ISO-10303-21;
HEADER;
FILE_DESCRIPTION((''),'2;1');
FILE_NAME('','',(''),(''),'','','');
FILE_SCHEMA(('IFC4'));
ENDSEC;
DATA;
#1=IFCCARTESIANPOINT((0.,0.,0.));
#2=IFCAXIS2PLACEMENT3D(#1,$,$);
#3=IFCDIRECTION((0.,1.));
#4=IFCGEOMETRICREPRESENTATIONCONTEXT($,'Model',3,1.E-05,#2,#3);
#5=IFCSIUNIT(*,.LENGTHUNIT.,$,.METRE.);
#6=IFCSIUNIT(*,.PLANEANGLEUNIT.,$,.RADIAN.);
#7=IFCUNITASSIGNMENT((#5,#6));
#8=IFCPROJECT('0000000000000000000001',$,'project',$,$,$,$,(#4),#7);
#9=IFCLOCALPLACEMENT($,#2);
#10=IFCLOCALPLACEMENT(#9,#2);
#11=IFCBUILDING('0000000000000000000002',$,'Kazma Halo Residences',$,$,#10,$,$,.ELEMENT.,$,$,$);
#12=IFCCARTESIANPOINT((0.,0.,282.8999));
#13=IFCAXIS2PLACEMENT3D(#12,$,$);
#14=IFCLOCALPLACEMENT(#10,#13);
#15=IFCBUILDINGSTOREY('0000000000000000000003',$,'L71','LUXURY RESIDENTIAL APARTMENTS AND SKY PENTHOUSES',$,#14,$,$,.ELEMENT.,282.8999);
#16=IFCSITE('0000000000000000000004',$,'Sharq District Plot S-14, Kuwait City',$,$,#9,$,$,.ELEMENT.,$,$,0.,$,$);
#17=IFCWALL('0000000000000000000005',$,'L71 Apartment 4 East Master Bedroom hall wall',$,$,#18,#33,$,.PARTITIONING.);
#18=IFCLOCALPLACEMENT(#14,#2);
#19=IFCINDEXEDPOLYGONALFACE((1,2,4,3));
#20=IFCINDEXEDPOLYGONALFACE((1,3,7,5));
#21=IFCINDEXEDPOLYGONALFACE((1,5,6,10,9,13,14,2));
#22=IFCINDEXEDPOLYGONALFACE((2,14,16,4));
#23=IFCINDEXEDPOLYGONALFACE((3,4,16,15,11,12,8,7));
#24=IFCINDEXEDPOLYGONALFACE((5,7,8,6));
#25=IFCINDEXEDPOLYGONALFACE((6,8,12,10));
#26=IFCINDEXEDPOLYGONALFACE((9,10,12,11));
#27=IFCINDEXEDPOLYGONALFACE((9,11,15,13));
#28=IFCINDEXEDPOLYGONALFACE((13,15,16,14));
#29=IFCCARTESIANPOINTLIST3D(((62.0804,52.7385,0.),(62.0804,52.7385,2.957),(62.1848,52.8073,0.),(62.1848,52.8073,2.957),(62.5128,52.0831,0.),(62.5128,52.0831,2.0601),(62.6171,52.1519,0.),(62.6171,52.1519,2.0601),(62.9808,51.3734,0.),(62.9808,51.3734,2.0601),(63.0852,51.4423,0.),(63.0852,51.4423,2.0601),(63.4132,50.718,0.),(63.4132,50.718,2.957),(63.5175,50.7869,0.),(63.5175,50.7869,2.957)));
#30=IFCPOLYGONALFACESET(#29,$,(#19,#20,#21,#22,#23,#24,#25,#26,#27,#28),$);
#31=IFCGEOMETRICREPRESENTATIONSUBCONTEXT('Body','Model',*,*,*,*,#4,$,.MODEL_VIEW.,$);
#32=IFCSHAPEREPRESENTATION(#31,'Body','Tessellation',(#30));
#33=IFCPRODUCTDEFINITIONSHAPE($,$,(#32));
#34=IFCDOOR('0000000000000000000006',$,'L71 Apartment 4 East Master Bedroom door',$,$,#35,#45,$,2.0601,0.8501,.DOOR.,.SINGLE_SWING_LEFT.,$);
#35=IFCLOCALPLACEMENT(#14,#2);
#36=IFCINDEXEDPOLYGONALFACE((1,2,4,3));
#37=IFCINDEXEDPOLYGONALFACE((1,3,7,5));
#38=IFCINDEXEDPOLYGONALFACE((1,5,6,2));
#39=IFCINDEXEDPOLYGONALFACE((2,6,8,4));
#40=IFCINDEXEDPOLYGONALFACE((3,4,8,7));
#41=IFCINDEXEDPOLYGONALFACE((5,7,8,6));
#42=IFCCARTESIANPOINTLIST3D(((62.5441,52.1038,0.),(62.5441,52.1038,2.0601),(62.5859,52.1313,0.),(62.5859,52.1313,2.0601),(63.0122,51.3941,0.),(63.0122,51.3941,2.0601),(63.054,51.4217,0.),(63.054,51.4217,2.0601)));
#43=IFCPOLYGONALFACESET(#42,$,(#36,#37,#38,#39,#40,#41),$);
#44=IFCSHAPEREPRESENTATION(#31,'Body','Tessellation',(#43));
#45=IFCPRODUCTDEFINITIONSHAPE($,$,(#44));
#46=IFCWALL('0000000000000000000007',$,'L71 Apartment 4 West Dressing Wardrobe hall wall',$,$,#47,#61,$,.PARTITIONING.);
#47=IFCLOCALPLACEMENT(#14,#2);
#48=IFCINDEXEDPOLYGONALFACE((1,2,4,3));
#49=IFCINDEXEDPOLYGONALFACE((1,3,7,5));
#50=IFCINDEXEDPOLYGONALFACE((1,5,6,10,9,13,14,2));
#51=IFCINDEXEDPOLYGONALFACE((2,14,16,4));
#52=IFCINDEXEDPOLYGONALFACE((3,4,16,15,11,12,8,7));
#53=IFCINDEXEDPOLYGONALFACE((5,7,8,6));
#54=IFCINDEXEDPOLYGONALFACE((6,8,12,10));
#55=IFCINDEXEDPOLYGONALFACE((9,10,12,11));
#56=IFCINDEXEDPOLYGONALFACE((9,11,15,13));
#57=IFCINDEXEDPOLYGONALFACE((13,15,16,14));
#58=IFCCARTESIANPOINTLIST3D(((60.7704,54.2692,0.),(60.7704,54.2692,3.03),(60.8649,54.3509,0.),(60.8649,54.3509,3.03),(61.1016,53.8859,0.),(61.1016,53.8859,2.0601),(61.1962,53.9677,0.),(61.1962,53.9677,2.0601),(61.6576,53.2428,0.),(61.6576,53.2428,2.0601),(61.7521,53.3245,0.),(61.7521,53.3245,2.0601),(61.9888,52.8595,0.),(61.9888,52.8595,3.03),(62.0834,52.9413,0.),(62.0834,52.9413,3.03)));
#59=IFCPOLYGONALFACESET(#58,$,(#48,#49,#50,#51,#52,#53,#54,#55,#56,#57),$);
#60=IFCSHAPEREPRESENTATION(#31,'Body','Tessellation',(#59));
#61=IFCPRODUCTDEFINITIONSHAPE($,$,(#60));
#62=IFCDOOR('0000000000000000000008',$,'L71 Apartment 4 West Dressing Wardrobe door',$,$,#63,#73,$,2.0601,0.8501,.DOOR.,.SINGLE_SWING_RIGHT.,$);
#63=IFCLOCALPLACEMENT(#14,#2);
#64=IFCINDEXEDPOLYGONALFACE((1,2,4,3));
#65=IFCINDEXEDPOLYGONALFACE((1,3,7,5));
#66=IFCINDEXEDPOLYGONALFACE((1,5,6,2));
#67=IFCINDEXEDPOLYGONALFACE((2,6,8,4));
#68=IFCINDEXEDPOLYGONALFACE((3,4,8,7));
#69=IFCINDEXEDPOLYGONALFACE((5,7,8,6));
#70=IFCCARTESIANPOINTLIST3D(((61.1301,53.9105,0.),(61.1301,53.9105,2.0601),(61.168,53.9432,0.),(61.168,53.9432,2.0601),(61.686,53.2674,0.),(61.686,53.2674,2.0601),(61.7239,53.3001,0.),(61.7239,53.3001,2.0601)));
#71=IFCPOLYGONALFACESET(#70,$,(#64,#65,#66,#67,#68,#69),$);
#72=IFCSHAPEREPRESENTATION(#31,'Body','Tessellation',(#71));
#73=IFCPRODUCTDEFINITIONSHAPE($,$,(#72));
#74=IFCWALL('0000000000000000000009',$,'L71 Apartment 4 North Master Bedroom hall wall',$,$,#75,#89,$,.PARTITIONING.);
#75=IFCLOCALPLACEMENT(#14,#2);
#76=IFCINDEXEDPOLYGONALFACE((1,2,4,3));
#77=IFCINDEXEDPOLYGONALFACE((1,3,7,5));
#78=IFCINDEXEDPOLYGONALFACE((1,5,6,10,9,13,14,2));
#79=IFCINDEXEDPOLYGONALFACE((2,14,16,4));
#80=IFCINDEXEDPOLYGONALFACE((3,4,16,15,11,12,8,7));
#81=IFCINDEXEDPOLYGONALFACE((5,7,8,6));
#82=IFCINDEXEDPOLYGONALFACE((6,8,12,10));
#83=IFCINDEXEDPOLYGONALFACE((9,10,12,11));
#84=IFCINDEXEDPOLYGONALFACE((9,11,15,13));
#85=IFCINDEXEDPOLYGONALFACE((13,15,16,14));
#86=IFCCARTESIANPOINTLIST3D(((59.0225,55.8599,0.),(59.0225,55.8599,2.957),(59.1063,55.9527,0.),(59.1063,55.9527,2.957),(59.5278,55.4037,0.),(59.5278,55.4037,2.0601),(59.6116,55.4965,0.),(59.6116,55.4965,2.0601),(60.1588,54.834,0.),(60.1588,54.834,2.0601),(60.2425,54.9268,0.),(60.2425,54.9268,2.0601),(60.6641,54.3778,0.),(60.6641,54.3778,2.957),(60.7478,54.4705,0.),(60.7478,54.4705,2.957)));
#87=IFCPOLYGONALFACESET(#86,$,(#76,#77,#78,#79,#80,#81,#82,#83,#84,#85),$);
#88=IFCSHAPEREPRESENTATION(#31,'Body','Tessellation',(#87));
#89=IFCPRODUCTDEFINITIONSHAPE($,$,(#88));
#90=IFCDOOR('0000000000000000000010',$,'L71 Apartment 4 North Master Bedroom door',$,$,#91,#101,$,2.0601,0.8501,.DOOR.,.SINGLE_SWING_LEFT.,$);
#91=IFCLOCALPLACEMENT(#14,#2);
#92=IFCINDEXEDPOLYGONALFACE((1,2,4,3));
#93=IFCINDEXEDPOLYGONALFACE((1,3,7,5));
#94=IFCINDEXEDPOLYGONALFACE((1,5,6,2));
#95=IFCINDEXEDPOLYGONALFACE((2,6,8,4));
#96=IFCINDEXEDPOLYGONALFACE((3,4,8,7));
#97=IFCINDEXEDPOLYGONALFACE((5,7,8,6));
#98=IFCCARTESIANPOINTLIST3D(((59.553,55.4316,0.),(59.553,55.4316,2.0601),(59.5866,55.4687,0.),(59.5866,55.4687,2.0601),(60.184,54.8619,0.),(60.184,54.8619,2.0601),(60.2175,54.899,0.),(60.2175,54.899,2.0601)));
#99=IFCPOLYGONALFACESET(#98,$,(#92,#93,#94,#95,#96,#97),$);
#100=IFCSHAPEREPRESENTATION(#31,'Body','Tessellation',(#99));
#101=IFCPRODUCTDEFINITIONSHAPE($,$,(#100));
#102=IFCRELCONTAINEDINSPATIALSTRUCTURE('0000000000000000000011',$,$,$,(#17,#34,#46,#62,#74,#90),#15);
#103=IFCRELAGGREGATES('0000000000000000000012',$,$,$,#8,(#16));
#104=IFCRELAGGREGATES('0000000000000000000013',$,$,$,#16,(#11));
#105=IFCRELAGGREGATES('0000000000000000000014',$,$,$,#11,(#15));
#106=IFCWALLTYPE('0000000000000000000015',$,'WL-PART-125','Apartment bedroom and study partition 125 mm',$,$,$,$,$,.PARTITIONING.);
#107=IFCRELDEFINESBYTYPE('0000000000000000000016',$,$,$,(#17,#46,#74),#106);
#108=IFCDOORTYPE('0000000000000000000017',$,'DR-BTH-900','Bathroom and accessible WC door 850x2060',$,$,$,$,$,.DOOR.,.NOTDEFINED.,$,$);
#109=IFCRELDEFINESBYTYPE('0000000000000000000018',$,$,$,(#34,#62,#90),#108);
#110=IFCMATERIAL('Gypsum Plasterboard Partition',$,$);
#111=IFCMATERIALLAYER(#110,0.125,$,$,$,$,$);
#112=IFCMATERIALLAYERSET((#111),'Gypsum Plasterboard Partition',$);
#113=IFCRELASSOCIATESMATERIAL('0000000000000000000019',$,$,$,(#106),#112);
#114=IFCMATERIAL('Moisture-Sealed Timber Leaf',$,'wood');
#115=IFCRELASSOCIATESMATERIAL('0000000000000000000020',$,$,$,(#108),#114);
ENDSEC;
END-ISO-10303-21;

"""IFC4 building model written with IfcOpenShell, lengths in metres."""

from ifc_helpers import new_model, si_unit, direction, frame, frame_2d, origin, place, context, subcontext, project, spatial, rectangle, extrude, material, layer, layer_set, type_object, element, fill, save


model = new_model("IFC4")

# Units and contexts
model_context = context("Model", 3, precision=1e-05, world=origin(), true_north=direction((0.0, 1.0)))
body_context = subcontext(model_context, "Body", "Model", "MODEL_VIEW")
ifc_project = project(units=[si_unit("LENGTHUNIT", "METRE"), si_unit("PLANEANGLEUNIT", "RADIAN")], contexts=[model_context])

# Site, building, storey
site_placement = place(None, origin())
site = spatial("IfcSite", under=ifc_project, at=site_placement, Name="Sharq District Plot S-14, Kuwait City", CompositionType="ELEMENT", RefElevation=0.0)
building_placement = place(site_placement, origin())
building = spatial("IfcBuilding", under=site, at=building_placement, Name="Kazma Halo Residences", CompositionType="ELEMENT")
storey_placement = place(building_placement, frame((0.0, 0.0, 282.8999)))
storey = spatial("IfcBuildingStorey", under=building, at=storey_placement, Name="L71", Description="LUXURY RESIDENTIAL APARTMENTS AND SKY PENTHOUSES", CompositionType="ELEMENT", Elevation=282.8999)

# Shared definitions
ifc_material_1 = material(Name="Gypsum Plasterboard Partition")
ifc_layer_1 = layer(ifc_material_1, 0.125)
ifc_layer_set_1 = layer_set([ifc_layer_1], Name="Gypsum Plasterboard Partition")
wall_type_1 = type_object("IfcWallType", Name="WL-PART-125", Description="Apartment bedroom and study partition 125 mm", PredefinedType="PARTITIONING", material=ifc_layer_set_1)

# Shared definitions
ifc_material_2 = material(Name="Moisture-Sealed Timber Leaf", Category="wood")
door_type_1 = type_object("IfcDoorType", Name="DR-BTH-900", Description="Bathroom and accessible WC door 850x2060", OperationType="NOTDEFINED", PredefinedType="DOOR", material=ifc_material_2)

# Walls, openings, doors
wall_1_placement = place(storey_placement, frame((63.4653, 50.7524, 0.0), z_axis=(0.0, 0.0, 1.0), x_axis=(-0.55062, 0.834756, 0.0)))
wall_1 = element("IfcWall", 1, at=wall_1_placement, inside=storey, type_object=wall_type_1, Name="L71 Apartment 4 East Master Bedroom hall wall", PredefinedType="PARTITIONING", context=body_context, shape_type="SweptSolid", body=[
    extrude(rectangle(XDim=2.4204, YDim=0.125, at=frame_2d((1.2102, 0.0))), origin(), (0.0, 0.0, 1.0), 2.957),
])
opening_1_placement = place(wall_1_placement, frame((0.7852, 0.0, 0.0)))
opening_1 = element("IfcOpeningElement", 2, at=opening_1_placement, cuts=wall_1, PredefinedType="OPENING", context=body_context, shape_type="SweptSolid", body=[
    extrude(rectangle(XDim=0.8501, YDim=2.0601, at=frame_2d((0.425, 1.03))), frame((0.0, 0.0725, 0.0), z_axis=(0.0, -1.0, 0.0), x_axis=(1.0, 0.0, 0.0)), (0.0, 0.0, 1.0), 0.145),
])
door_1_placement = place(opening_1_placement, origin())
door_1 = element("IfcDoor", 3, at=door_1_placement, inside=storey, type_object=door_type_1, Name="L71 Apartment 4 East Master Bedroom door", OperationType="SINGLE_SWING_LEFT", OverallHeight=2.0601, OverallWidth=0.8501, PredefinedType="DOOR", context=body_context, shape_type="SweptSolid", body=[
    extrude(rectangle(XDim=0.8501, YDim=2.0601, at=frame_2d((0.425, 1.03))), frame((0.0, 0.0249, 0.0), z_axis=(0.0, -1.0, 0.0), x_axis=(1.0, 0.0, 0.0)), (0.0, 0.0, 1.0), 0.05),
])
fill(opening_1, door_1)
wall_2_placement = place(storey_placement, frame((62.0361, 52.9004, 0.0), z_axis=(0.0, 0.0, 1.0), x_axis=(-0.653947, 0.75654, 0.0)))
wall_2 = element("IfcWall", 4, at=wall_2_placement, inside=storey, type_object=wall_type_1, Name="L71 Apartment 4 West Dressing Wardrobe hall wall", PredefinedType="PARTITIONING", context=body_context, shape_type="SweptSolid", body=[
    extrude(rectangle(XDim=1.8633, YDim=0.125, at=frame_2d((0.9316, 0.0))), origin(), (0.0, 0.0, 1.0), 3.03),
])
opening_2_placement = place(wall_2_placement, frame((0.5066, 0.0, 0.0)))
opening_2 = element("IfcOpeningElement", 5, at=opening_2_placement, cuts=wall_2, PredefinedType="OPENING", context=body_context, shape_type="SweptSolid", body=[
    extrude(rectangle(XDim=0.8501, YDim=2.0601, at=frame_2d((0.425, 1.03))), frame((0.0, 0.0725, 0.0), z_axis=(0.0, -1.0, 0.0), x_axis=(1.0, 0.0, 0.0)), (0.0, 0.0, 1.0), 0.145),
])
door_2_placement = place(opening_2_placement, origin())
door_2 = element("IfcDoor", 6, at=door_2_placement, inside=storey, type_object=door_type_1, Name="L71 Apartment 4 West Dressing Wardrobe door", OperationType="SINGLE_SWING_RIGHT", OverallHeight=2.0601, OverallWidth=0.8501, PredefinedType="DOOR", context=body_context, shape_type="SweptSolid", body=[
    extrude(rectangle(XDim=0.8501, YDim=2.0601, at=frame_2d((0.425, 1.03))), frame((0.0, 0.0249, 0.0), z_axis=(0.0, -1.0, 0.0), x_axis=(1.0, 0.0, 0.0)), (0.0, 0.0, 1.0), 0.05),
])
fill(opening_2, door_2)
wall_3_placement = place(storey_placement, frame((60.7061, 54.4241, 0.0), z_axis=(0.0, 0.0, 1.0), x_axis=(-0.742228, 0.670147, 0.0)))
wall_3 = element("IfcWall", 7, at=wall_3_placement, inside=storey, type_object=wall_type_1, Name="L71 Apartment 4 North Master Bedroom hall wall", PredefinedType="PARTITIONING", context=body_context, shape_type="SweptSolid", body=[
    extrude(rectangle(XDim=2.2117, YDim=0.125, at=frame_2d((1.106, 0.0))), origin(), (0.0, 0.0, 1.0), 2.957),
])
opening_3_placement = place(wall_3_placement, frame((0.6809, 0.0, 0.0)))
opening_3 = element("IfcOpeningElement", 8, at=opening_3_placement, cuts=wall_3, PredefinedType="OPENING", context=body_context, shape_type="SweptSolid", body=[
    extrude(rectangle(XDim=0.8501, YDim=2.0601, at=frame_2d((0.425, 1.03))), frame((0.0, 0.0725, 0.0), z_axis=(0.0, -1.0, 0.0), x_axis=(1.0, 0.0, 0.0)), (0.0, 0.0, 1.0), 0.145),
])
door_3_placement = place(opening_3_placement, origin())
door_3 = element("IfcDoor", 9, at=door_3_placement, inside=storey, type_object=door_type_1, Name="L71 Apartment 4 North Master Bedroom door", OperationType="SINGLE_SWING_LEFT", OverallHeight=2.0601, OverallWidth=0.8501, PredefinedType="DOOR", context=body_context, shape_type="SweptSolid", body=[
    extrude(rectangle(XDim=0.8501, YDim=2.0601, at=frame_2d((0.425, 1.03))), frame((0.0, 0.0249, 0.0), z_axis=(0.0, -1.0, 0.0), x_axis=(1.0, 0.0, 0.0)), (0.0, 0.0, 1.0), 0.05),
])
fill(opening_3, door_3)

save(model, "model.ifc")
